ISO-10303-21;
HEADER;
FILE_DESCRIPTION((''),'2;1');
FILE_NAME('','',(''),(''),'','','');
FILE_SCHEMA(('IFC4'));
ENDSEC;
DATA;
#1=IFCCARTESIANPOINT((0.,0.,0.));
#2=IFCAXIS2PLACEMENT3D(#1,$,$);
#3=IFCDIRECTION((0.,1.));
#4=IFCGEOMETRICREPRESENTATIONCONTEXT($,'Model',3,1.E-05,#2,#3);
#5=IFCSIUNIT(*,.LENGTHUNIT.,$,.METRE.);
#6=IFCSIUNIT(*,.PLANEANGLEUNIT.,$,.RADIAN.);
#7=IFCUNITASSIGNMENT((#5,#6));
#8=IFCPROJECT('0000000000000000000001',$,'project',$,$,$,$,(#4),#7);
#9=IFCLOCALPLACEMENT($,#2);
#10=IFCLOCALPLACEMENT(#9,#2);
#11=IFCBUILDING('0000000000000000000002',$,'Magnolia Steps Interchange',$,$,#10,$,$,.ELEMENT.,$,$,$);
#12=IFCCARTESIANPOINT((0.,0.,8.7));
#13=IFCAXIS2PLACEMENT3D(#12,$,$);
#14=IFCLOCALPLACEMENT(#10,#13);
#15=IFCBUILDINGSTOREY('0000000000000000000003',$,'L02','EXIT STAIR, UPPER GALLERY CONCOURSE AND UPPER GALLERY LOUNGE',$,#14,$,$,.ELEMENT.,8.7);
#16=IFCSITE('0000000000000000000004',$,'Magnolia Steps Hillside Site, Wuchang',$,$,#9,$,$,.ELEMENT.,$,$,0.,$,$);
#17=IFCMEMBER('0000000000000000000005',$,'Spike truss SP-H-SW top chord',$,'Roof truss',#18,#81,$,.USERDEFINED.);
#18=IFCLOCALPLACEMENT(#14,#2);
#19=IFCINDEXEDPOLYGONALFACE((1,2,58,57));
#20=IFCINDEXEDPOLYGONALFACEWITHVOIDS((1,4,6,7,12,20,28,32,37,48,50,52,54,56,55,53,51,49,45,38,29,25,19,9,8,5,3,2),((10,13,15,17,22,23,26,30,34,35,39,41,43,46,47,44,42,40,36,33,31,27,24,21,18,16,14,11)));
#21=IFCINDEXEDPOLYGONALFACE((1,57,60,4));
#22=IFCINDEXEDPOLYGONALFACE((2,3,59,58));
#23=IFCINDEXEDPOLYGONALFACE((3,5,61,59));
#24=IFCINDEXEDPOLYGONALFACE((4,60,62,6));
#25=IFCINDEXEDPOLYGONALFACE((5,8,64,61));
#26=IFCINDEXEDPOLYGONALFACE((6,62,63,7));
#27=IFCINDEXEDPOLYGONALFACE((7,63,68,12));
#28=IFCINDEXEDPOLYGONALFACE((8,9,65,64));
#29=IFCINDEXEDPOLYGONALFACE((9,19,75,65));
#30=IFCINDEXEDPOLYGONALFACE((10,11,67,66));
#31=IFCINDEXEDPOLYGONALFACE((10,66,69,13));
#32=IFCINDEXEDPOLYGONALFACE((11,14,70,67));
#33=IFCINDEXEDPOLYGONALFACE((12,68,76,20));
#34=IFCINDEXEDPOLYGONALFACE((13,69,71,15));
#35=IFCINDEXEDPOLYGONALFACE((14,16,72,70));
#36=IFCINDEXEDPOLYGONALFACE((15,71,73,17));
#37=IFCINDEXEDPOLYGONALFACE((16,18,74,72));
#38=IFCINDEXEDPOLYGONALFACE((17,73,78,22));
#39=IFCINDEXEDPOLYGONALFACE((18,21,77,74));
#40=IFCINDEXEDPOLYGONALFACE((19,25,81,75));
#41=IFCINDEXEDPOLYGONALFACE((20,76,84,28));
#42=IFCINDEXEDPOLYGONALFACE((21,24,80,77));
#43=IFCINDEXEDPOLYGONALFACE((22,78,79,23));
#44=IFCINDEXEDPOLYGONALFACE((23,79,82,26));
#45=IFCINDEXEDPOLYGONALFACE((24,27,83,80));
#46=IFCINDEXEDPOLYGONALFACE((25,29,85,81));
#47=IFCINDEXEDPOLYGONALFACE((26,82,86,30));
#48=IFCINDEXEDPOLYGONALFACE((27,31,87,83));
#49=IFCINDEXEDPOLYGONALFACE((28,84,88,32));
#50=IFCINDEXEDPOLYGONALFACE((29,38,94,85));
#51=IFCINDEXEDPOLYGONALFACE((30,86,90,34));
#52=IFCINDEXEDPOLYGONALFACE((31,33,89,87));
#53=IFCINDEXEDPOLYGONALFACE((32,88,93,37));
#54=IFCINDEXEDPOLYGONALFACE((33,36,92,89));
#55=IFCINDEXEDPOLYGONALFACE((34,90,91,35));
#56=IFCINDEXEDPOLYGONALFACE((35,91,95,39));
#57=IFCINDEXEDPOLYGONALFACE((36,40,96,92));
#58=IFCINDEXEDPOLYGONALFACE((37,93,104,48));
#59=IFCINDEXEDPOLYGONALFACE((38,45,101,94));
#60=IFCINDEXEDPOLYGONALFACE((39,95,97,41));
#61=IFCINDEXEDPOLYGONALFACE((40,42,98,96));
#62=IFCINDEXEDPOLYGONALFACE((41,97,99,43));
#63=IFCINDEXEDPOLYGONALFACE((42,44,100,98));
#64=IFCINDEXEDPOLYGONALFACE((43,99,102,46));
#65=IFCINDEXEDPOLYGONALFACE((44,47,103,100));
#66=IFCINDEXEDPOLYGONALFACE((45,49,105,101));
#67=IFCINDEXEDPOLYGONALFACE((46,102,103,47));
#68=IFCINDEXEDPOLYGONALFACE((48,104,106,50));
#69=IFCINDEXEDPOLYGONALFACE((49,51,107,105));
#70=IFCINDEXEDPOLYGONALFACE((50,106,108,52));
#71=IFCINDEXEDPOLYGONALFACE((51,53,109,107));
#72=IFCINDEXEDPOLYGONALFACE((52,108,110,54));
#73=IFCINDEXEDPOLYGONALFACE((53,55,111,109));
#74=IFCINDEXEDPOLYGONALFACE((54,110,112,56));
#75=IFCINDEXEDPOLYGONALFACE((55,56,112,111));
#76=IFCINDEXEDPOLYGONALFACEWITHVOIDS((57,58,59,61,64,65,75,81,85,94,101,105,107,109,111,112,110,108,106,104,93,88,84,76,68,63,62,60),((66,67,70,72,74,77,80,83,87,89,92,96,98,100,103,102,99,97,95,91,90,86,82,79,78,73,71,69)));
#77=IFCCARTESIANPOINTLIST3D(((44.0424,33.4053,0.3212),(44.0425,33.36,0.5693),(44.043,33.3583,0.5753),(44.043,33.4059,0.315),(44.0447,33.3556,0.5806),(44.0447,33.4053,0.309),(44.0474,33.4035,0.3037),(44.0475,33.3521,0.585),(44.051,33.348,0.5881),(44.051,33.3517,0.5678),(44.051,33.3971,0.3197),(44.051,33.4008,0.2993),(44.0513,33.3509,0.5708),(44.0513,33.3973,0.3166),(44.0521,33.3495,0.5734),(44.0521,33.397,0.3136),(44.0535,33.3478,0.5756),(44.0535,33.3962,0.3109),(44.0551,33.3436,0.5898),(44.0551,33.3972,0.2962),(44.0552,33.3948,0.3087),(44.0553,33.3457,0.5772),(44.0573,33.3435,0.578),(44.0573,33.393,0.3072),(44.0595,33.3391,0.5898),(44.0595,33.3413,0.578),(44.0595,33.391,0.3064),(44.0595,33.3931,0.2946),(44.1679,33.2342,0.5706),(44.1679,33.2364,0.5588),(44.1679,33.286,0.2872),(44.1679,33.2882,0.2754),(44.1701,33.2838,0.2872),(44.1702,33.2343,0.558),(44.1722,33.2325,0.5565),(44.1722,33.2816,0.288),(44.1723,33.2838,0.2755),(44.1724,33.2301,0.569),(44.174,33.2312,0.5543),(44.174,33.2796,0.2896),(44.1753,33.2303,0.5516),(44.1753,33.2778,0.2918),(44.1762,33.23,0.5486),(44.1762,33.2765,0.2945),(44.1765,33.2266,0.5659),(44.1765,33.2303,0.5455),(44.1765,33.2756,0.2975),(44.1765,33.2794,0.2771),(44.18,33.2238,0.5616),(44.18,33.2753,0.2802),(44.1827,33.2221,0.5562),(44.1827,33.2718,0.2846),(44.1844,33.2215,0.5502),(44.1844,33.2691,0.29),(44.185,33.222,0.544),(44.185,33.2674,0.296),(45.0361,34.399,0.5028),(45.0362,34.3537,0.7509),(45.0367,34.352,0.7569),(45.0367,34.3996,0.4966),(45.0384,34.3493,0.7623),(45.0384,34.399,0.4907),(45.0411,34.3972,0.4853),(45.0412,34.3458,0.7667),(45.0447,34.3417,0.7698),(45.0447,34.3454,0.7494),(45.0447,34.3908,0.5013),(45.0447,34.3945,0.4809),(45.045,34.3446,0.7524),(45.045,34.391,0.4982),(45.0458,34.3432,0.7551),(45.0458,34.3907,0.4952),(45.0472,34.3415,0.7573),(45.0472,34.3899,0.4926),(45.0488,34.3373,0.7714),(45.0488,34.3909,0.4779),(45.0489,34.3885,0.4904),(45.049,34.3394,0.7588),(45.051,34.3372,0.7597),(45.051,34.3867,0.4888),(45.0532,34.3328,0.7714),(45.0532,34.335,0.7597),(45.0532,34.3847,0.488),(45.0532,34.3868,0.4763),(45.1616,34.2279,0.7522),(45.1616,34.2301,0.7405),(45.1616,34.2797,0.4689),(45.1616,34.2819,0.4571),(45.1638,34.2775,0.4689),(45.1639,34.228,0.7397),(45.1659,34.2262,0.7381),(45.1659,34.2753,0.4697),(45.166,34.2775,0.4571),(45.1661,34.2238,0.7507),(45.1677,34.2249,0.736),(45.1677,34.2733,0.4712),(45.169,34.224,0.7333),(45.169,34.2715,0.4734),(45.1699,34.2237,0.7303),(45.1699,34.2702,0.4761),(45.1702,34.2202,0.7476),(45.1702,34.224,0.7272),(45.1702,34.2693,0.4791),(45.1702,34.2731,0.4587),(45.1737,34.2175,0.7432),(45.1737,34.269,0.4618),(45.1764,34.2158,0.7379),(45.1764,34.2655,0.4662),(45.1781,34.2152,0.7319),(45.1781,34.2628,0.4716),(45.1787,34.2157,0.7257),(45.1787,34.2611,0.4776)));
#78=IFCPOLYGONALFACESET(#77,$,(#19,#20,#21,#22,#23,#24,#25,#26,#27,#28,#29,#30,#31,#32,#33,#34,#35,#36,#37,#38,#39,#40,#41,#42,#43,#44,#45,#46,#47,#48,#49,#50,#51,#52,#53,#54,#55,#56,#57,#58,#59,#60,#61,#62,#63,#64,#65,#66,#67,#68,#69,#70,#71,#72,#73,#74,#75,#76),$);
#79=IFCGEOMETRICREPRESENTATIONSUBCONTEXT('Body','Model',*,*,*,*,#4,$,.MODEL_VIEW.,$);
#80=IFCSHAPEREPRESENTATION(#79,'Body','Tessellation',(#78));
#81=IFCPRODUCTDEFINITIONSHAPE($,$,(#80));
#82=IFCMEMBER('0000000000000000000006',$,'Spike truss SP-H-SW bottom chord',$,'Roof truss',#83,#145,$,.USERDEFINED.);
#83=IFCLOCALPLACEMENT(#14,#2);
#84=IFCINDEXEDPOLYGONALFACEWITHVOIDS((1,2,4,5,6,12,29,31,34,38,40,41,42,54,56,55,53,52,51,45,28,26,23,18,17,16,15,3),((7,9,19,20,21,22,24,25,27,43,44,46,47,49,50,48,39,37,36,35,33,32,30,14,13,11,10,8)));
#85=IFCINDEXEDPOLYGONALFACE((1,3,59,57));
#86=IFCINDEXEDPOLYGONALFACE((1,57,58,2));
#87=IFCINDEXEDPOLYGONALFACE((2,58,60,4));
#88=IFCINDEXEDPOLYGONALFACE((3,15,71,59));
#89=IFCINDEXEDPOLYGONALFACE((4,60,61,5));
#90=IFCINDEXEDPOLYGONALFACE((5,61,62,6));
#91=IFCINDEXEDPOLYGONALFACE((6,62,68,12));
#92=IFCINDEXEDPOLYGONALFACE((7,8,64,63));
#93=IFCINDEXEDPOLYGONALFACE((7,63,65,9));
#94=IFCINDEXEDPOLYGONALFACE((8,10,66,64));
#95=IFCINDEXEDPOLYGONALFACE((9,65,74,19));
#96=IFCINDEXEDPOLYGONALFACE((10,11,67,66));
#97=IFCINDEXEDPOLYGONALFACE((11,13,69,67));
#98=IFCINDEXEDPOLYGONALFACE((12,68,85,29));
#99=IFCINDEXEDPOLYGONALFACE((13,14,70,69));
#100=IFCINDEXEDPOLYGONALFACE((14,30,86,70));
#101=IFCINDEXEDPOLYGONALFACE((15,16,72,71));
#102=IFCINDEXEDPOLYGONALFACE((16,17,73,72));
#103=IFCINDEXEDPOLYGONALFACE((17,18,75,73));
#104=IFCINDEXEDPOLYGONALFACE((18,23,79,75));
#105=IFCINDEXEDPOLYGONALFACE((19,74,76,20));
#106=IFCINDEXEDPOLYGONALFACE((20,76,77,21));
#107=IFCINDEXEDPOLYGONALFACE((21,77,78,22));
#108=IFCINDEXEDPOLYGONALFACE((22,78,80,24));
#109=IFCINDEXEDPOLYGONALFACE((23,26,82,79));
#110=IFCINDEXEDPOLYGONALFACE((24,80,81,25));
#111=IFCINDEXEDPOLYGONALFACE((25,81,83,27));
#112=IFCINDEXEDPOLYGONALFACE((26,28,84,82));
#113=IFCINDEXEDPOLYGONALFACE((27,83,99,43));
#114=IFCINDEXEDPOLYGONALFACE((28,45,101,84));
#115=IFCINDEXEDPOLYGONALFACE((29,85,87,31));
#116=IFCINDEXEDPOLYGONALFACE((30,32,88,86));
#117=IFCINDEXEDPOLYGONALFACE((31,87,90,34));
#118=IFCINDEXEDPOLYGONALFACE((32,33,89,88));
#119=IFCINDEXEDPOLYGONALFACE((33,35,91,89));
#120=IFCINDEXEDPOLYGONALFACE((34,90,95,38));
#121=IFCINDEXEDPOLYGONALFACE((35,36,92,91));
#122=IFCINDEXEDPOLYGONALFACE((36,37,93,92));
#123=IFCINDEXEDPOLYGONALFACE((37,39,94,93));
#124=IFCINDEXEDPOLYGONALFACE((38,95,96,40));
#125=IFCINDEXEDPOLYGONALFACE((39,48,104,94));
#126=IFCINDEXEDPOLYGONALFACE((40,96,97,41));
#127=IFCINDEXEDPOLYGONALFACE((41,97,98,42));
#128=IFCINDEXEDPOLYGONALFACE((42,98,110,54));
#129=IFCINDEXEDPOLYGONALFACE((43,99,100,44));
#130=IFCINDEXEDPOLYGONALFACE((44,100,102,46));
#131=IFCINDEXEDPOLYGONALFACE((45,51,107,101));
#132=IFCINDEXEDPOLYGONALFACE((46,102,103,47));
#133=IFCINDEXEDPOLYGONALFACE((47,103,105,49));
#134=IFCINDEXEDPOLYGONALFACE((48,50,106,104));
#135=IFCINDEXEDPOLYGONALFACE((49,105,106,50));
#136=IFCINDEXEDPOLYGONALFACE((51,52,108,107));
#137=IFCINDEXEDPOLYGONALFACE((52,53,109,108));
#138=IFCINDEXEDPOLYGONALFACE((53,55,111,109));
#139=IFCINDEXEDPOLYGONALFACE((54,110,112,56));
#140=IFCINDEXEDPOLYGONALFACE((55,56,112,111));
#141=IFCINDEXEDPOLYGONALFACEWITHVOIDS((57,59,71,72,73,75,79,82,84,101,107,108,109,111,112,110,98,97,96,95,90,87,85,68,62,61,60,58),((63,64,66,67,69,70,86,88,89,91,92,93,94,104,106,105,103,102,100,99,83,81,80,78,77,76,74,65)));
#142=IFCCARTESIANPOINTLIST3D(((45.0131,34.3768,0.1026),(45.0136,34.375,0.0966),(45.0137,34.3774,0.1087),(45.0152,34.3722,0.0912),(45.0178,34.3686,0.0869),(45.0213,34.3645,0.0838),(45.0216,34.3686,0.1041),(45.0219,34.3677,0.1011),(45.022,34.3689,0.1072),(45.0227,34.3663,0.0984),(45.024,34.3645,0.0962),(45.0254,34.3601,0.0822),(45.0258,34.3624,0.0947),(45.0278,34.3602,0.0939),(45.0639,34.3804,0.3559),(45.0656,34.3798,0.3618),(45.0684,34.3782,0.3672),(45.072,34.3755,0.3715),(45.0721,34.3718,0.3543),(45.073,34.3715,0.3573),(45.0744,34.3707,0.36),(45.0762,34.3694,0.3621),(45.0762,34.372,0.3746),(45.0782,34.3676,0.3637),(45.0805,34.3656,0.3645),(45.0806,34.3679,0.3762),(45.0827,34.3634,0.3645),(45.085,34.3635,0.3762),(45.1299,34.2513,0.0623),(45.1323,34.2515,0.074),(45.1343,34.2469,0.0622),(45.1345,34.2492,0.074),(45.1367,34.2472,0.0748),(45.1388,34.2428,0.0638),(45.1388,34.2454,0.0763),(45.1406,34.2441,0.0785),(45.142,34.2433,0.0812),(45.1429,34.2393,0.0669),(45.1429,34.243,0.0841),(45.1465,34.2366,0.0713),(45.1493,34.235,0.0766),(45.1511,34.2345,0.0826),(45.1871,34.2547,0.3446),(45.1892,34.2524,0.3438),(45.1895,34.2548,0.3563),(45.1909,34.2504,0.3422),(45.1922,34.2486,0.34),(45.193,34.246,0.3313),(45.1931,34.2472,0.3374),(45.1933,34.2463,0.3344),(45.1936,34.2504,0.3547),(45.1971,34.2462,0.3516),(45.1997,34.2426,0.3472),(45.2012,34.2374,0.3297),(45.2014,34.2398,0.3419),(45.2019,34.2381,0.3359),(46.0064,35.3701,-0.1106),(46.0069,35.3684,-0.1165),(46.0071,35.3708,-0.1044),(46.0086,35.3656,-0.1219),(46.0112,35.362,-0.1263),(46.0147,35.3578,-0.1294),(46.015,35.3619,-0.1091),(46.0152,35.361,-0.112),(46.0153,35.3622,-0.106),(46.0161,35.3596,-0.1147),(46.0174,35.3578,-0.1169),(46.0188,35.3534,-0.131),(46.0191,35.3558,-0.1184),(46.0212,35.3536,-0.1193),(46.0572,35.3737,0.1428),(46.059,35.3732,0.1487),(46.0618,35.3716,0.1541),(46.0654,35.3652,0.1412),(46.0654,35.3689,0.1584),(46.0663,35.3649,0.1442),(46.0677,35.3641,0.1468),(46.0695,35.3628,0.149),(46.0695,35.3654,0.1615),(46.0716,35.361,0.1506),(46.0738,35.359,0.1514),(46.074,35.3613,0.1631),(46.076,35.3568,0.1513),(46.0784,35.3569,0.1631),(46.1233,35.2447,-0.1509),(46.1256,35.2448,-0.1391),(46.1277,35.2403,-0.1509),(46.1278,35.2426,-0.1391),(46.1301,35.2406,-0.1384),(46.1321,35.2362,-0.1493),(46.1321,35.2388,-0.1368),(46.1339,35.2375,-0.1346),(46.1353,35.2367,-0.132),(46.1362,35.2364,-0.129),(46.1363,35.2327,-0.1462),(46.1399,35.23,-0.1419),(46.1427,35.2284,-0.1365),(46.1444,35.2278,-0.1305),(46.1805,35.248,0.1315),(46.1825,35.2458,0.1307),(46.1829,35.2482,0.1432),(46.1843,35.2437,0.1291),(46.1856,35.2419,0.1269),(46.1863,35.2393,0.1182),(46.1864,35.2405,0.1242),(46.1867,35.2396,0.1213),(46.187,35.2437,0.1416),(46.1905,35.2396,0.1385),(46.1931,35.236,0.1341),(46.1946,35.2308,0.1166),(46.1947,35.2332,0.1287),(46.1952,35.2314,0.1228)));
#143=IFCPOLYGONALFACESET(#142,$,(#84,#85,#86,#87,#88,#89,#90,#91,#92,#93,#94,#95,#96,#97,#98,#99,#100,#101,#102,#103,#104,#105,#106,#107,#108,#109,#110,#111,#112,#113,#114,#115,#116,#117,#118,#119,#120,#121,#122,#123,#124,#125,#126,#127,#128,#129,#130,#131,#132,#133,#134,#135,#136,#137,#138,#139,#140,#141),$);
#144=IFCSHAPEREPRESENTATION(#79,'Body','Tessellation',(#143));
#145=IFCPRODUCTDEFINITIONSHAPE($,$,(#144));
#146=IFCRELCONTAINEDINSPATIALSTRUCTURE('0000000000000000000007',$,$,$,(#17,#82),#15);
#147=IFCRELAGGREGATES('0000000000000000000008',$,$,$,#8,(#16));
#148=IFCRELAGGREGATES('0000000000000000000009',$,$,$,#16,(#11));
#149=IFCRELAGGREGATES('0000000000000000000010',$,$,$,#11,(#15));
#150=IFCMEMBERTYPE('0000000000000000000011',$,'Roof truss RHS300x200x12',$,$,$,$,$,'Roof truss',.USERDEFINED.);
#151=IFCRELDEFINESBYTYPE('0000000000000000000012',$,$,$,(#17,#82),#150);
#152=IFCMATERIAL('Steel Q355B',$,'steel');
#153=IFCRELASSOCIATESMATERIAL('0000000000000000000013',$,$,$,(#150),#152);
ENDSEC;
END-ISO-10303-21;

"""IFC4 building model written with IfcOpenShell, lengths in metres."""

from ifc_helpers import new_model, si_unit, direction, frame, origin, origin_2d, place, context, subcontext, project, spatial, hollow_rectangle, extrude, material, material_profile, profile_set, type_object, element, save


model = new_model("IFC4")

# Units and contexts
model_context = context("Model", 3, precision=1e-05, world=origin(), true_north=direction((0.0, 1.0)))
body_context = subcontext(model_context, "Body", "Model", "MODEL_VIEW")
ifc_project = project(units=[si_unit("LENGTHUNIT", "METRE"), si_unit("PLANEANGLEUNIT", "RADIAN")], contexts=[model_context])

# Site, building, storey
site_placement = place(None, origin())
site = spatial("IfcSite", under=ifc_project, at=site_placement, Name="Magnolia Steps Hillside Site, Wuchang", CompositionType="ELEMENT", RefElevation=0.0)
building_placement = place(site_placement, origin())
building = spatial("IfcBuilding", under=site, at=building_placement, Name="Magnolia Steps Interchange", CompositionType="ELEMENT")
storey_placement = place(building_placement, frame((0.0, 0.0, 8.7)))
storey = spatial("IfcBuildingStorey", under=building, at=storey_placement, Name="L02", Description="EXIT STAIR, UPPER GALLERY CONCOURSE AND UPPER GALLERY LOUNGE", CompositionType="ELEMENT", Elevation=8.7)

# Members
ifc_material_1 = material(Name="Steel Q355B", Category="steel")
ifc_material_profile_1 = material_profile(ifc_material_1, hollow_rectangle(XDim=0.2, YDim=0.3, WallThickness=0.012, InnerFilletRadius=0.012, OuterFilletRadius=0.0239, at=origin_2d()), Name="RHS300x200x12")
ifc_profile_set_1 = profile_set([ifc_material_profile_1], Name="Steel Q355B")
member_type_1 = type_object("IfcMemberType", Name="Roof truss RHS300x200x12", ElementType="Roof truss", PredefinedType="USERDEFINED", material=ifc_profile_set_1)
member_1_placement = place(storey_placement, frame((45.1074, 34.3074, 0.6143), z_axis=(-0.701273, -0.701273, -0.128193), x_axis=(0.712893, -0.689826, -0.126188)))
element("IfcMember", 1, at=member_1_placement, inside=storey, type_object=member_type_1, Name="Spike truss SP-H-SW top chord", ObjectType="Roof truss", PredefinedType="USERDEFINED", context=body_context, shape_type="SweptSolid", body=[
    extrude(hollow_rectangle(XDim=0.2, YDim=0.3, WallThickness=0.012, InnerFilletRadius=0.012, OuterFilletRadius=0.0239, at=origin_2d()), origin(), (0.0, 0.0, 1.0), 1.417),
])
member_2_placement = place(storey_placement, frame((46.1008, 35.3008, 0.0061), z_axis=(-0.699107, -0.699107, 0.149993), x_axis=(0.686864, -0.714923, -0.130781)))
element("IfcMember", 2, at=member_2_placement, inside=storey, type_object=member_type_1, Name="Spike truss SP-H-SW bottom chord", ObjectType="Roof truss", PredefinedType="USERDEFINED", context=body_context, shape_type="SweptSolid", body=[
    extrude(hollow_rectangle(XDim=0.2, YDim=0.3, WallThickness=0.012, InnerFilletRadius=0.012, OuterFilletRadius=0.0239, at=origin_2d()), origin(), (0.0, 0.0, 1.0), 1.4209),
])

save(model, "model.ifc")
